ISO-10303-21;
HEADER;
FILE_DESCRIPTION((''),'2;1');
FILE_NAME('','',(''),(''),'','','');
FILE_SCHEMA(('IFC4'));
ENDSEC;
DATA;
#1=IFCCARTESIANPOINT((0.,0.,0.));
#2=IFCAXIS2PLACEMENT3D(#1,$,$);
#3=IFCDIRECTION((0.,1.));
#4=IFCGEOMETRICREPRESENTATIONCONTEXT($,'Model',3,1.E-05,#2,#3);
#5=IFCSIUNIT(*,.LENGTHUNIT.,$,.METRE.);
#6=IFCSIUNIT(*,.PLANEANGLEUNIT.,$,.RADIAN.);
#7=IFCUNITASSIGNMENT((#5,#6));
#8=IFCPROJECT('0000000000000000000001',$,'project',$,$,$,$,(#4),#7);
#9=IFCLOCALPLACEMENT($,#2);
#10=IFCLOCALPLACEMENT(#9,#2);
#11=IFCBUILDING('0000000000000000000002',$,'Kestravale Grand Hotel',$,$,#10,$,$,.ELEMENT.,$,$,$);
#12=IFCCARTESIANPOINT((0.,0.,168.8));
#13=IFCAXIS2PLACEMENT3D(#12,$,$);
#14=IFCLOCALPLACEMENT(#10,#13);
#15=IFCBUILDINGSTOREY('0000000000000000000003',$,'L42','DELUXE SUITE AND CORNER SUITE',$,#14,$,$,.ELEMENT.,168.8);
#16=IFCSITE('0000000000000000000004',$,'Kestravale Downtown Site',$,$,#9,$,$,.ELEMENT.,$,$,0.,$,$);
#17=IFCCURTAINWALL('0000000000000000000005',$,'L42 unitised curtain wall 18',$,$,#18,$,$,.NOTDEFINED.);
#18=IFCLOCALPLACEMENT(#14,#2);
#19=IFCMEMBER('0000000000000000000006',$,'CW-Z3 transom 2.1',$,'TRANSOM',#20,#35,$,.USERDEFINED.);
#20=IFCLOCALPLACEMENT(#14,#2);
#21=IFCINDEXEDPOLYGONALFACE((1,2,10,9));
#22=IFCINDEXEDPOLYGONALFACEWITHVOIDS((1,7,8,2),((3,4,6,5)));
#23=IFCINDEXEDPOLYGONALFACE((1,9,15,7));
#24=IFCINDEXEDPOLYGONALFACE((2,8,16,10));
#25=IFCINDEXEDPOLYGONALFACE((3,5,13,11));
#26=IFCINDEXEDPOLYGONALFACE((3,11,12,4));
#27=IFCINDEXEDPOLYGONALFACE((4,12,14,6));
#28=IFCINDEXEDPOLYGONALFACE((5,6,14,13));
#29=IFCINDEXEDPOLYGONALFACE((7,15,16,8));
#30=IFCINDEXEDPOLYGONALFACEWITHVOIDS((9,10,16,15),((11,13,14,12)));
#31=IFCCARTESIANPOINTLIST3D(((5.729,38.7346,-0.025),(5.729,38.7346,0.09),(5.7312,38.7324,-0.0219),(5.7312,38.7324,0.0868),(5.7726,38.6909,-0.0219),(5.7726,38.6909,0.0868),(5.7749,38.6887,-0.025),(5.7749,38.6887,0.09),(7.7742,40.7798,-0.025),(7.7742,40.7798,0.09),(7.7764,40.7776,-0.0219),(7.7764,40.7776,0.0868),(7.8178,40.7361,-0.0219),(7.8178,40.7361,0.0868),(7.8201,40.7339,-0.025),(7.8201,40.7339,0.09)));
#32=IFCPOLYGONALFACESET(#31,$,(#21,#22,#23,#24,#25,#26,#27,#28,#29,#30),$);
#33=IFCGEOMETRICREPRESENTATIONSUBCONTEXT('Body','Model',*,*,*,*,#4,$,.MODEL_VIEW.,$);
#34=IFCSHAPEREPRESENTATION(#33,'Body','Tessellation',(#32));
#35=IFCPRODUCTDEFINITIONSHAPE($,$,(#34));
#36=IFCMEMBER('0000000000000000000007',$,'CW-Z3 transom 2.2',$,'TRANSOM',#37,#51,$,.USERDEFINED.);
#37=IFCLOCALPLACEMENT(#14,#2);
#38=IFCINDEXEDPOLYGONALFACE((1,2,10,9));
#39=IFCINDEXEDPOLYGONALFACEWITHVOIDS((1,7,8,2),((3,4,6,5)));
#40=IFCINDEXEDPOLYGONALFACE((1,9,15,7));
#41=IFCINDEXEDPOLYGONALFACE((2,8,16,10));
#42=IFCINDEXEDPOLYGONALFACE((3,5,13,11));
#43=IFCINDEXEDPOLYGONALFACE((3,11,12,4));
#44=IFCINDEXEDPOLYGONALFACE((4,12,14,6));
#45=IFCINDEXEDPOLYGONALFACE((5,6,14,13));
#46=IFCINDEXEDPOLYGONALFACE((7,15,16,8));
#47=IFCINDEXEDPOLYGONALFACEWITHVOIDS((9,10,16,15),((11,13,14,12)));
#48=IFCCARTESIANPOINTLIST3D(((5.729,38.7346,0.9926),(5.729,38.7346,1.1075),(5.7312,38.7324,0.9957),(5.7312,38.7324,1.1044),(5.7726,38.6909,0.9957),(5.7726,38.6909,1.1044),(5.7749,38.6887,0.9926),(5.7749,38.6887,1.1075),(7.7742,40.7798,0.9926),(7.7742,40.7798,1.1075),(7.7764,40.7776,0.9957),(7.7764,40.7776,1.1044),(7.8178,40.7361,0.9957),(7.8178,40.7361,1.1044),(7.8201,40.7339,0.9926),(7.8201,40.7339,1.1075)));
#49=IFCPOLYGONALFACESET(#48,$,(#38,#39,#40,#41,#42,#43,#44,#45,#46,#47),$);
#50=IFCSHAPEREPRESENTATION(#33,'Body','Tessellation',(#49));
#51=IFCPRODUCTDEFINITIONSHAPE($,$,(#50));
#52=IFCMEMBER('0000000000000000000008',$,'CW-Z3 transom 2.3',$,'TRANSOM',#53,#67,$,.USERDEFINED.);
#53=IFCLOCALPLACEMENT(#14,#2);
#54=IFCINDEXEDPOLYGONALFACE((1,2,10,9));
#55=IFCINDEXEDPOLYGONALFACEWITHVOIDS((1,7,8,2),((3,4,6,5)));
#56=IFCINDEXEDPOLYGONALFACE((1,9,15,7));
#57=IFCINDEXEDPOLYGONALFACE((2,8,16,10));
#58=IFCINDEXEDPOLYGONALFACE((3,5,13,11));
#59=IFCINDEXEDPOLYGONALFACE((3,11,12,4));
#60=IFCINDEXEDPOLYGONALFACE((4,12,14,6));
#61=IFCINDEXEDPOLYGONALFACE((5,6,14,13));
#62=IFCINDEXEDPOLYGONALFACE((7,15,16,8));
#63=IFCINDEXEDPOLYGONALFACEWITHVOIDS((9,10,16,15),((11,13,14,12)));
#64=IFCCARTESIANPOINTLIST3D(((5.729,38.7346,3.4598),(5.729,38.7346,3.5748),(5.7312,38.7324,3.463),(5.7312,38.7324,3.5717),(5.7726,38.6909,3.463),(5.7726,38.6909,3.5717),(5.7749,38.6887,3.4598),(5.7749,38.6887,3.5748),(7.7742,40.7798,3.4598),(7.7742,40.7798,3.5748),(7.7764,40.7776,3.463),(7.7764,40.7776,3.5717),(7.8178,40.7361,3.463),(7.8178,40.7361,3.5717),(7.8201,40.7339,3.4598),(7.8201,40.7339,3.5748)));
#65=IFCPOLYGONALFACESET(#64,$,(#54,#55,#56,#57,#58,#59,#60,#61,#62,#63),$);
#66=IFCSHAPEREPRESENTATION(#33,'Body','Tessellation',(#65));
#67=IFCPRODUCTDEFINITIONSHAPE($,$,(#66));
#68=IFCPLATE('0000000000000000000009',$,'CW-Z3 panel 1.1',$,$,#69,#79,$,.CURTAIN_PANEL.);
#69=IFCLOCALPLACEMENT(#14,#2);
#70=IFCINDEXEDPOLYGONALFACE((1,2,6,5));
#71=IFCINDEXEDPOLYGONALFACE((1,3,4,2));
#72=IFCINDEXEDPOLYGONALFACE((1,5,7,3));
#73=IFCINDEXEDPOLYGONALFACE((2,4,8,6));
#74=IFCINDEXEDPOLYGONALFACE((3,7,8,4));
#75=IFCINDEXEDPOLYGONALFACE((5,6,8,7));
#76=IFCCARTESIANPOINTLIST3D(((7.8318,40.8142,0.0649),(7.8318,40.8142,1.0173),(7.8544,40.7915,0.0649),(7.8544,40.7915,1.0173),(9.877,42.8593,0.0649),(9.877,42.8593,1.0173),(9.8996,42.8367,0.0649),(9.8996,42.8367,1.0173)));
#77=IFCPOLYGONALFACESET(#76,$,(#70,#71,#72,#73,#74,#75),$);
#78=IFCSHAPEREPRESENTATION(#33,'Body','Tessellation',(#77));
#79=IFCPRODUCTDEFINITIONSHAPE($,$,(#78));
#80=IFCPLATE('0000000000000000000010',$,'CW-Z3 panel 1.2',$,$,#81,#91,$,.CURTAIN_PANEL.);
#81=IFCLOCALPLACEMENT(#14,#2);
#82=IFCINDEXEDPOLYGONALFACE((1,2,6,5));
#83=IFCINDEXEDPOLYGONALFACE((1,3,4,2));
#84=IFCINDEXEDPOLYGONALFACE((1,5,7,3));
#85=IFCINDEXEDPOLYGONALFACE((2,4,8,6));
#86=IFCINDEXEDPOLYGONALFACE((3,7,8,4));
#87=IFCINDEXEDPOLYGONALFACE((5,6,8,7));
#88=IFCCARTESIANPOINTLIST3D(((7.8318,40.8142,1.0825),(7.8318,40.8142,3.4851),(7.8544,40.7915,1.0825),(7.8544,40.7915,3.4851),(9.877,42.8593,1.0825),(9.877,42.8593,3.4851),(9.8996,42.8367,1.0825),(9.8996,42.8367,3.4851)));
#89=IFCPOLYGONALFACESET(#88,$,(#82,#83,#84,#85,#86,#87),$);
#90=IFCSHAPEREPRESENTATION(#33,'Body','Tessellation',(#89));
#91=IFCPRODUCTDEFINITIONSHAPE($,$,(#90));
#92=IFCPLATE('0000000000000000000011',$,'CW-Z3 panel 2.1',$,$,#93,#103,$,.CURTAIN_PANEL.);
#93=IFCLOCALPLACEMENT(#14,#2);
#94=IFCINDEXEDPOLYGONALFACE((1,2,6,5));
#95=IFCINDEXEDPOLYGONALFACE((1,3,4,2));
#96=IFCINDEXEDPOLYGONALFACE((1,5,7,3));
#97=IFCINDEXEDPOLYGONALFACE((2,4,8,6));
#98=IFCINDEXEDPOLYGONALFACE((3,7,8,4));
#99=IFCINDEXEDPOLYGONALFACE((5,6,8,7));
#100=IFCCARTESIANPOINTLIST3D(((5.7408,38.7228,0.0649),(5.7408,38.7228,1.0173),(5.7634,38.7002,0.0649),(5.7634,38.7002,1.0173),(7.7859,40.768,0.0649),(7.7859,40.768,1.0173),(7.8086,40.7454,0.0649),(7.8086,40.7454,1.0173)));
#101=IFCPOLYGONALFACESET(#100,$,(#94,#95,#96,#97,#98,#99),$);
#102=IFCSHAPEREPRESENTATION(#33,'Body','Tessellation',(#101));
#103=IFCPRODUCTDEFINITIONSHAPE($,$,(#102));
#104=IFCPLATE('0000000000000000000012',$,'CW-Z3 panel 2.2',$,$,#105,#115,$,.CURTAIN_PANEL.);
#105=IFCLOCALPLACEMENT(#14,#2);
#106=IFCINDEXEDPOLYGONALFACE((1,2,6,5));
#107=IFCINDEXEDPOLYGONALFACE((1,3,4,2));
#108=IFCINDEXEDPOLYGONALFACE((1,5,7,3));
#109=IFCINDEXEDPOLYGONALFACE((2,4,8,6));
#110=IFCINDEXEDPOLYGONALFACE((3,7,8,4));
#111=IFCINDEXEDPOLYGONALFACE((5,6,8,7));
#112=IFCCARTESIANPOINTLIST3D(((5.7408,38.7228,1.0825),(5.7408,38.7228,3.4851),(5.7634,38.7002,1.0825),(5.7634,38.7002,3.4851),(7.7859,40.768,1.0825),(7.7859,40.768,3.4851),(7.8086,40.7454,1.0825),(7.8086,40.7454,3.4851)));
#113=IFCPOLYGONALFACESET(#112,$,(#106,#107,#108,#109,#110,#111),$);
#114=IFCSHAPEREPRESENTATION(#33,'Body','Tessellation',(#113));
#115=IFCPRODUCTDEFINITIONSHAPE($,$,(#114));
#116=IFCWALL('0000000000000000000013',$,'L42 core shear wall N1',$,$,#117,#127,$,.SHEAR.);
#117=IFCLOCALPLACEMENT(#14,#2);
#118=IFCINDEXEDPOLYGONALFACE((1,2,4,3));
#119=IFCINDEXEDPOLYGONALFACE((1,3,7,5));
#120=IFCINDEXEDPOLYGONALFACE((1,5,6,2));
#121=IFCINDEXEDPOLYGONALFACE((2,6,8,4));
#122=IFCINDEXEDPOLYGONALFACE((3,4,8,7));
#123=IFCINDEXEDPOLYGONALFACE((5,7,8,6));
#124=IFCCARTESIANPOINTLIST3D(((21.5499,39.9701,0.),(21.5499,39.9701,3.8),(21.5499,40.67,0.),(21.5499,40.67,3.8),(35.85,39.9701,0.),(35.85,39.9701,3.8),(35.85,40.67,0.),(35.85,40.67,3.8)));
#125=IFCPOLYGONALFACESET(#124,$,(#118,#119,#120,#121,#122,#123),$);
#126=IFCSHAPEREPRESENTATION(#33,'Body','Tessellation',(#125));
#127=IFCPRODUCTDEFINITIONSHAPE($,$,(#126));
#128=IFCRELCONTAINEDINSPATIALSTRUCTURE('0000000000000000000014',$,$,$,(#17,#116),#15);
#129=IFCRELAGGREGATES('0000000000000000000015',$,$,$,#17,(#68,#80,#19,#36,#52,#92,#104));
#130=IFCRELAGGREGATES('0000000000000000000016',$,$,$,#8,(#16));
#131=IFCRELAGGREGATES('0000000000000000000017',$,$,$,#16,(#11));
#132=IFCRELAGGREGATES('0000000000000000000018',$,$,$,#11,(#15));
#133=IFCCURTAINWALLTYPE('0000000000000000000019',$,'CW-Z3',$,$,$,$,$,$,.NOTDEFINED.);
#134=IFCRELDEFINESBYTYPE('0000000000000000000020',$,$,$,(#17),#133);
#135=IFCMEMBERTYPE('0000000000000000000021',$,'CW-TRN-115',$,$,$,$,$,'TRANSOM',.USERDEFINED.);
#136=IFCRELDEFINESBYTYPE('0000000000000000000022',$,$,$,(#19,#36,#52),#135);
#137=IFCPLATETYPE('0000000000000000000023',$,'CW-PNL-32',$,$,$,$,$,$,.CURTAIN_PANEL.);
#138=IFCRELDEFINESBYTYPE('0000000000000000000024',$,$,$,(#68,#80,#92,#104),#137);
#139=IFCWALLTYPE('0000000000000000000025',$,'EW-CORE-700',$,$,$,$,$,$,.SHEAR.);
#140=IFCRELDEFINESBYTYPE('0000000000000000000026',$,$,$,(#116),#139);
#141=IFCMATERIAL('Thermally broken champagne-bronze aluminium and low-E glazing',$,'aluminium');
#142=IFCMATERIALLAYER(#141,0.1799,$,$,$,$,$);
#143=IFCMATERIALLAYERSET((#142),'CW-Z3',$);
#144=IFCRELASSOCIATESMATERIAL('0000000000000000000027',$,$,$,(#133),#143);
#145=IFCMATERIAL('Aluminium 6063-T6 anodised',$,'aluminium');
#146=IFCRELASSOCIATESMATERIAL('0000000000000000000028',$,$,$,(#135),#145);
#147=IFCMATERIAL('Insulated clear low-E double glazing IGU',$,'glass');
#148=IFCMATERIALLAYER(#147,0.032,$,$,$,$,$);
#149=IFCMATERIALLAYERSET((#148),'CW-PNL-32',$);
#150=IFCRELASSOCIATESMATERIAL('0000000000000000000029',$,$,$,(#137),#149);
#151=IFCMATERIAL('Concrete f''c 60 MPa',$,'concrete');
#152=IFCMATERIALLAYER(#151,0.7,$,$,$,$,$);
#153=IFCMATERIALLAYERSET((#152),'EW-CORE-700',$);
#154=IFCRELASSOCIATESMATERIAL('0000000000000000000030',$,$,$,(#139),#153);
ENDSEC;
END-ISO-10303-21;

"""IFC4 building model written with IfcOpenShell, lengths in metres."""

from ifc_helpers import new_model, si_unit, direction, frame, frame_2d, origin, origin_2d, place, context, subcontext, project, spatial, rectangle, hollow_rectangle, extrude, material, layer, layer_set, material_profile, profile_set, type_object, element, aggregate, save


model = new_model("IFC4")

# Units and contexts
model_context = context("Model", 3, precision=1e-05, world=origin(), true_north=direction((0.0, 1.0)))
body_context = subcontext(model_context, "Body", "Model", "MODEL_VIEW")
ifc_project = project(units=[si_unit("LENGTHUNIT", "METRE"), si_unit("PLANEANGLEUNIT", "RADIAN")], contexts=[model_context])

# Site, building, storey
site_placement = place(None, origin())
site = spatial("IfcSite", under=ifc_project, at=site_placement, Name="Kestravale Downtown Site", CompositionType="ELEMENT", RefElevation=0.0)
building_placement = place(site_placement, origin())
building = spatial("IfcBuilding", under=site, at=building_placement, Name="Kestravale Grand Hotel", CompositionType="ELEMENT")
storey_placement = place(building_placement, frame((0.0, 0.0, 168.8)))
storey = spatial("IfcBuildingStorey", under=building, at=storey_placement, Name="L42", Description="DELUXE SUITE AND CORNER SUITE", CompositionType="ELEMENT", Elevation=168.8)

# Curtain wall, members, plates
ifc_material_1 = material(Name="Thermally broken champagne-bronze aluminium and low-E glazing", Category="aluminium")
ifc_layer_1 = layer(ifc_material_1, 0.1799)
ifc_layer_set_1 = layer_set([ifc_layer_1], Name="CW-Z3")
curtain_wall_type = type_object("IfcCurtainWallType", Name="CW-Z3", PredefinedType="NOTDEFINED", material=ifc_layer_set_1)
curtain_wall_placement = place(storey_placement, origin())
curtain_wall = element("IfcCurtainWall", 1, at=curtain_wall_placement, inside=storey, type_object=curtain_wall_type, Name="L42 unitised curtain wall 18", PredefinedType="NOTDEFINED")
ifc_material_2 = material(Name="Aluminium 6063-T6 anodised", Category="aluminium")
ifc_material_profile_1 = material_profile(ifc_material_2, hollow_rectangle(XDim=0.0649, YDim=0.115, WallThickness=0.0032, at=origin_2d()))
ifc_profile_set_1 = profile_set([ifc_material_profile_1], Name="Aluminium 6063-T6 anodised")
member_type_1 = type_object("IfcMemberType", Name="CW-TRN-115", ElementType="TRANSOM", PredefinedType="USERDEFINED", material=ifc_profile_set_1)
member_1_placement = place(storey_placement, frame((7.7971, 40.7568, 0.0325), z_axis=(-0.707107, -0.707107, 0.0), x_axis=(0.707107, -0.707107, 0.0)))
member_1 = element("IfcMember", 2, at=member_1_placement, type_object=member_type_1, Name="CW-Z3 transom 2.1", ObjectType="TRANSOM", PredefinedType="USERDEFINED", context=body_context, shape_type="SweptSolid", body=[
    extrude(hollow_rectangle(XDim=0.0649, YDim=0.115, WallThickness=0.0032, at=origin_2d()), origin(), (0.0, 0.0, 1.0), 2.8923),
])
member_2_placement = place(storey_placement, frame((7.7971, 40.7568, 1.05), z_axis=(-0.707107, -0.707107, 0.0), x_axis=(0.707107, -0.707107, 0.0)))
member_2 = element("IfcMember", 3, at=member_2_placement, type_object=member_type_1, Name="CW-Z3 transom 2.2", ObjectType="TRANSOM", PredefinedType="USERDEFINED", context=body_context, shape_type="SweptSolid", body=[
    extrude(hollow_rectangle(XDim=0.0649, YDim=0.115, WallThickness=0.0032, at=origin_2d()), origin(), (0.0, 0.0, 1.0), 2.8923),
])
member_3_placement = place(storey_placement, frame((7.7971, 40.7568, 3.5173), z_axis=(-0.707107, -0.707107, 0.0), x_axis=(0.707107, -0.707107, 0.0)))
member_3 = element("IfcMember", 4, at=member_3_placement, type_object=member_type_1, Name="CW-Z3 transom 2.3", ObjectType="TRANSOM", PredefinedType="USERDEFINED", context=body_context, shape_type="SweptSolid", body=[
    extrude(hollow_rectangle(XDim=0.0649, YDim=0.115, WallThickness=0.0032, at=origin_2d()), origin(), (0.0, 0.0, 1.0), 2.8923),
])
ifc_material_3 = material(Name="Insulated clear low-E double glazing IGU", Category="glass")
ifc_layer_2 = layer(ifc_material_3, 0.032)
ifc_layer_set_2 = layer_set([ifc_layer_2], Name="CW-PNL-32")
plate_type = type_object("IfcPlateType", Name="CW-PNL-32", PredefinedType="CURTAIN_PANEL", material=ifc_layer_set_2)
plate_1_placement = place(storey_placement, frame((8.8657, 41.8254, 0.0649), z_axis=(0.0, 0.0, 1.0), x_axis=(-0.707107, -0.707107, 0.0)))
plate_1 = element("IfcPlate", 5, at=plate_1_placement, type_object=plate_type, Name="CW-Z3 panel 1.1", PredefinedType="CURTAIN_PANEL", context=body_context, shape_type="SweptSolid", body=[
    extrude(rectangle(XDim=2.8923, YDim=0.032, at=origin_2d()), origin(), (0.0, 0.0, 1.0), 0.9524),
])
plate_2_placement = place(storey_placement, frame((8.8657, 41.8254, 1.0825), z_axis=(0.0, 0.0, 1.0), x_axis=(-0.707107, -0.707107, 0.0)))
plate_2 = element("IfcPlate", 6, at=plate_2_placement, type_object=plate_type, Name="CW-Z3 panel 1.2", PredefinedType="CURTAIN_PANEL", context=body_context, shape_type="SweptSolid", body=[
    extrude(rectangle(XDim=2.8923, YDim=0.032, at=origin_2d()), origin(), (0.0, 0.0, 1.0), 2.4026),
])
plate_3_placement = place(storey_placement, frame((6.7747, 39.7341, 0.0649), z_axis=(0.0, 0.0, 1.0), x_axis=(-0.707107, -0.707107, 0.0)))
plate_3 = element("IfcPlate", 7, at=plate_3_placement, type_object=plate_type, Name="CW-Z3 panel 2.1", PredefinedType="CURTAIN_PANEL", context=body_context, shape_type="SweptSolid", body=[
    extrude(rectangle(XDim=2.8923, YDim=0.032, at=origin_2d()), origin(), (0.0, 0.0, 1.0), 0.9524),
])
plate_4_placement = place(storey_placement, frame((6.7747, 39.7341, 1.0825), z_axis=(0.0, 0.0, 1.0), x_axis=(-0.707107, -0.707107, 0.0)))
plate_4 = element("IfcPlate", 8, at=plate_4_placement, type_object=plate_type, Name="CW-Z3 panel 2.2", PredefinedType="CURTAIN_PANEL", context=body_context, shape_type="SweptSolid", body=[
    extrude(rectangle(XDim=2.8923, YDim=0.032, at=origin_2d()), origin(), (0.0, 0.0, 1.0), 2.4026),
])
aggregate(curtain_wall, [plate_1, plate_2, member_1, member_2, member_3, plate_3, plate_4])

# Wall
ifc_material_4 = material(Name="Concrete f'c 60 MPa", Category="concrete")
ifc_layer_3 = layer(ifc_material_4, 0.7)
ifc_layer_set_3 = layer_set([ifc_layer_3], Name="EW-CORE-700")
wall_type_1 = type_object("IfcWallType", Name="EW-CORE-700", PredefinedType="SHEAR", material=ifc_layer_set_3)
wall_1_placement = place(storey_placement, frame((21.55, 40.3201, 0.0), z_axis=(0.0, 0.0, 1.0), x_axis=(1.0, 0.0, 0.0)))
element("IfcWall", 9, at=wall_1_placement, inside=storey, type_object=wall_type_1, Name="L42 core shear wall N1", PredefinedType="SHEAR", context=body_context, shape_type="SweptSolid", body=[
    extrude(rectangle(XDim=14.3, YDim=0.7, at=frame_2d((7.1499, 0.0))), origin(), (0.0, 0.0, 1.0), 3.8),
])

save(model, "model.ifc")
